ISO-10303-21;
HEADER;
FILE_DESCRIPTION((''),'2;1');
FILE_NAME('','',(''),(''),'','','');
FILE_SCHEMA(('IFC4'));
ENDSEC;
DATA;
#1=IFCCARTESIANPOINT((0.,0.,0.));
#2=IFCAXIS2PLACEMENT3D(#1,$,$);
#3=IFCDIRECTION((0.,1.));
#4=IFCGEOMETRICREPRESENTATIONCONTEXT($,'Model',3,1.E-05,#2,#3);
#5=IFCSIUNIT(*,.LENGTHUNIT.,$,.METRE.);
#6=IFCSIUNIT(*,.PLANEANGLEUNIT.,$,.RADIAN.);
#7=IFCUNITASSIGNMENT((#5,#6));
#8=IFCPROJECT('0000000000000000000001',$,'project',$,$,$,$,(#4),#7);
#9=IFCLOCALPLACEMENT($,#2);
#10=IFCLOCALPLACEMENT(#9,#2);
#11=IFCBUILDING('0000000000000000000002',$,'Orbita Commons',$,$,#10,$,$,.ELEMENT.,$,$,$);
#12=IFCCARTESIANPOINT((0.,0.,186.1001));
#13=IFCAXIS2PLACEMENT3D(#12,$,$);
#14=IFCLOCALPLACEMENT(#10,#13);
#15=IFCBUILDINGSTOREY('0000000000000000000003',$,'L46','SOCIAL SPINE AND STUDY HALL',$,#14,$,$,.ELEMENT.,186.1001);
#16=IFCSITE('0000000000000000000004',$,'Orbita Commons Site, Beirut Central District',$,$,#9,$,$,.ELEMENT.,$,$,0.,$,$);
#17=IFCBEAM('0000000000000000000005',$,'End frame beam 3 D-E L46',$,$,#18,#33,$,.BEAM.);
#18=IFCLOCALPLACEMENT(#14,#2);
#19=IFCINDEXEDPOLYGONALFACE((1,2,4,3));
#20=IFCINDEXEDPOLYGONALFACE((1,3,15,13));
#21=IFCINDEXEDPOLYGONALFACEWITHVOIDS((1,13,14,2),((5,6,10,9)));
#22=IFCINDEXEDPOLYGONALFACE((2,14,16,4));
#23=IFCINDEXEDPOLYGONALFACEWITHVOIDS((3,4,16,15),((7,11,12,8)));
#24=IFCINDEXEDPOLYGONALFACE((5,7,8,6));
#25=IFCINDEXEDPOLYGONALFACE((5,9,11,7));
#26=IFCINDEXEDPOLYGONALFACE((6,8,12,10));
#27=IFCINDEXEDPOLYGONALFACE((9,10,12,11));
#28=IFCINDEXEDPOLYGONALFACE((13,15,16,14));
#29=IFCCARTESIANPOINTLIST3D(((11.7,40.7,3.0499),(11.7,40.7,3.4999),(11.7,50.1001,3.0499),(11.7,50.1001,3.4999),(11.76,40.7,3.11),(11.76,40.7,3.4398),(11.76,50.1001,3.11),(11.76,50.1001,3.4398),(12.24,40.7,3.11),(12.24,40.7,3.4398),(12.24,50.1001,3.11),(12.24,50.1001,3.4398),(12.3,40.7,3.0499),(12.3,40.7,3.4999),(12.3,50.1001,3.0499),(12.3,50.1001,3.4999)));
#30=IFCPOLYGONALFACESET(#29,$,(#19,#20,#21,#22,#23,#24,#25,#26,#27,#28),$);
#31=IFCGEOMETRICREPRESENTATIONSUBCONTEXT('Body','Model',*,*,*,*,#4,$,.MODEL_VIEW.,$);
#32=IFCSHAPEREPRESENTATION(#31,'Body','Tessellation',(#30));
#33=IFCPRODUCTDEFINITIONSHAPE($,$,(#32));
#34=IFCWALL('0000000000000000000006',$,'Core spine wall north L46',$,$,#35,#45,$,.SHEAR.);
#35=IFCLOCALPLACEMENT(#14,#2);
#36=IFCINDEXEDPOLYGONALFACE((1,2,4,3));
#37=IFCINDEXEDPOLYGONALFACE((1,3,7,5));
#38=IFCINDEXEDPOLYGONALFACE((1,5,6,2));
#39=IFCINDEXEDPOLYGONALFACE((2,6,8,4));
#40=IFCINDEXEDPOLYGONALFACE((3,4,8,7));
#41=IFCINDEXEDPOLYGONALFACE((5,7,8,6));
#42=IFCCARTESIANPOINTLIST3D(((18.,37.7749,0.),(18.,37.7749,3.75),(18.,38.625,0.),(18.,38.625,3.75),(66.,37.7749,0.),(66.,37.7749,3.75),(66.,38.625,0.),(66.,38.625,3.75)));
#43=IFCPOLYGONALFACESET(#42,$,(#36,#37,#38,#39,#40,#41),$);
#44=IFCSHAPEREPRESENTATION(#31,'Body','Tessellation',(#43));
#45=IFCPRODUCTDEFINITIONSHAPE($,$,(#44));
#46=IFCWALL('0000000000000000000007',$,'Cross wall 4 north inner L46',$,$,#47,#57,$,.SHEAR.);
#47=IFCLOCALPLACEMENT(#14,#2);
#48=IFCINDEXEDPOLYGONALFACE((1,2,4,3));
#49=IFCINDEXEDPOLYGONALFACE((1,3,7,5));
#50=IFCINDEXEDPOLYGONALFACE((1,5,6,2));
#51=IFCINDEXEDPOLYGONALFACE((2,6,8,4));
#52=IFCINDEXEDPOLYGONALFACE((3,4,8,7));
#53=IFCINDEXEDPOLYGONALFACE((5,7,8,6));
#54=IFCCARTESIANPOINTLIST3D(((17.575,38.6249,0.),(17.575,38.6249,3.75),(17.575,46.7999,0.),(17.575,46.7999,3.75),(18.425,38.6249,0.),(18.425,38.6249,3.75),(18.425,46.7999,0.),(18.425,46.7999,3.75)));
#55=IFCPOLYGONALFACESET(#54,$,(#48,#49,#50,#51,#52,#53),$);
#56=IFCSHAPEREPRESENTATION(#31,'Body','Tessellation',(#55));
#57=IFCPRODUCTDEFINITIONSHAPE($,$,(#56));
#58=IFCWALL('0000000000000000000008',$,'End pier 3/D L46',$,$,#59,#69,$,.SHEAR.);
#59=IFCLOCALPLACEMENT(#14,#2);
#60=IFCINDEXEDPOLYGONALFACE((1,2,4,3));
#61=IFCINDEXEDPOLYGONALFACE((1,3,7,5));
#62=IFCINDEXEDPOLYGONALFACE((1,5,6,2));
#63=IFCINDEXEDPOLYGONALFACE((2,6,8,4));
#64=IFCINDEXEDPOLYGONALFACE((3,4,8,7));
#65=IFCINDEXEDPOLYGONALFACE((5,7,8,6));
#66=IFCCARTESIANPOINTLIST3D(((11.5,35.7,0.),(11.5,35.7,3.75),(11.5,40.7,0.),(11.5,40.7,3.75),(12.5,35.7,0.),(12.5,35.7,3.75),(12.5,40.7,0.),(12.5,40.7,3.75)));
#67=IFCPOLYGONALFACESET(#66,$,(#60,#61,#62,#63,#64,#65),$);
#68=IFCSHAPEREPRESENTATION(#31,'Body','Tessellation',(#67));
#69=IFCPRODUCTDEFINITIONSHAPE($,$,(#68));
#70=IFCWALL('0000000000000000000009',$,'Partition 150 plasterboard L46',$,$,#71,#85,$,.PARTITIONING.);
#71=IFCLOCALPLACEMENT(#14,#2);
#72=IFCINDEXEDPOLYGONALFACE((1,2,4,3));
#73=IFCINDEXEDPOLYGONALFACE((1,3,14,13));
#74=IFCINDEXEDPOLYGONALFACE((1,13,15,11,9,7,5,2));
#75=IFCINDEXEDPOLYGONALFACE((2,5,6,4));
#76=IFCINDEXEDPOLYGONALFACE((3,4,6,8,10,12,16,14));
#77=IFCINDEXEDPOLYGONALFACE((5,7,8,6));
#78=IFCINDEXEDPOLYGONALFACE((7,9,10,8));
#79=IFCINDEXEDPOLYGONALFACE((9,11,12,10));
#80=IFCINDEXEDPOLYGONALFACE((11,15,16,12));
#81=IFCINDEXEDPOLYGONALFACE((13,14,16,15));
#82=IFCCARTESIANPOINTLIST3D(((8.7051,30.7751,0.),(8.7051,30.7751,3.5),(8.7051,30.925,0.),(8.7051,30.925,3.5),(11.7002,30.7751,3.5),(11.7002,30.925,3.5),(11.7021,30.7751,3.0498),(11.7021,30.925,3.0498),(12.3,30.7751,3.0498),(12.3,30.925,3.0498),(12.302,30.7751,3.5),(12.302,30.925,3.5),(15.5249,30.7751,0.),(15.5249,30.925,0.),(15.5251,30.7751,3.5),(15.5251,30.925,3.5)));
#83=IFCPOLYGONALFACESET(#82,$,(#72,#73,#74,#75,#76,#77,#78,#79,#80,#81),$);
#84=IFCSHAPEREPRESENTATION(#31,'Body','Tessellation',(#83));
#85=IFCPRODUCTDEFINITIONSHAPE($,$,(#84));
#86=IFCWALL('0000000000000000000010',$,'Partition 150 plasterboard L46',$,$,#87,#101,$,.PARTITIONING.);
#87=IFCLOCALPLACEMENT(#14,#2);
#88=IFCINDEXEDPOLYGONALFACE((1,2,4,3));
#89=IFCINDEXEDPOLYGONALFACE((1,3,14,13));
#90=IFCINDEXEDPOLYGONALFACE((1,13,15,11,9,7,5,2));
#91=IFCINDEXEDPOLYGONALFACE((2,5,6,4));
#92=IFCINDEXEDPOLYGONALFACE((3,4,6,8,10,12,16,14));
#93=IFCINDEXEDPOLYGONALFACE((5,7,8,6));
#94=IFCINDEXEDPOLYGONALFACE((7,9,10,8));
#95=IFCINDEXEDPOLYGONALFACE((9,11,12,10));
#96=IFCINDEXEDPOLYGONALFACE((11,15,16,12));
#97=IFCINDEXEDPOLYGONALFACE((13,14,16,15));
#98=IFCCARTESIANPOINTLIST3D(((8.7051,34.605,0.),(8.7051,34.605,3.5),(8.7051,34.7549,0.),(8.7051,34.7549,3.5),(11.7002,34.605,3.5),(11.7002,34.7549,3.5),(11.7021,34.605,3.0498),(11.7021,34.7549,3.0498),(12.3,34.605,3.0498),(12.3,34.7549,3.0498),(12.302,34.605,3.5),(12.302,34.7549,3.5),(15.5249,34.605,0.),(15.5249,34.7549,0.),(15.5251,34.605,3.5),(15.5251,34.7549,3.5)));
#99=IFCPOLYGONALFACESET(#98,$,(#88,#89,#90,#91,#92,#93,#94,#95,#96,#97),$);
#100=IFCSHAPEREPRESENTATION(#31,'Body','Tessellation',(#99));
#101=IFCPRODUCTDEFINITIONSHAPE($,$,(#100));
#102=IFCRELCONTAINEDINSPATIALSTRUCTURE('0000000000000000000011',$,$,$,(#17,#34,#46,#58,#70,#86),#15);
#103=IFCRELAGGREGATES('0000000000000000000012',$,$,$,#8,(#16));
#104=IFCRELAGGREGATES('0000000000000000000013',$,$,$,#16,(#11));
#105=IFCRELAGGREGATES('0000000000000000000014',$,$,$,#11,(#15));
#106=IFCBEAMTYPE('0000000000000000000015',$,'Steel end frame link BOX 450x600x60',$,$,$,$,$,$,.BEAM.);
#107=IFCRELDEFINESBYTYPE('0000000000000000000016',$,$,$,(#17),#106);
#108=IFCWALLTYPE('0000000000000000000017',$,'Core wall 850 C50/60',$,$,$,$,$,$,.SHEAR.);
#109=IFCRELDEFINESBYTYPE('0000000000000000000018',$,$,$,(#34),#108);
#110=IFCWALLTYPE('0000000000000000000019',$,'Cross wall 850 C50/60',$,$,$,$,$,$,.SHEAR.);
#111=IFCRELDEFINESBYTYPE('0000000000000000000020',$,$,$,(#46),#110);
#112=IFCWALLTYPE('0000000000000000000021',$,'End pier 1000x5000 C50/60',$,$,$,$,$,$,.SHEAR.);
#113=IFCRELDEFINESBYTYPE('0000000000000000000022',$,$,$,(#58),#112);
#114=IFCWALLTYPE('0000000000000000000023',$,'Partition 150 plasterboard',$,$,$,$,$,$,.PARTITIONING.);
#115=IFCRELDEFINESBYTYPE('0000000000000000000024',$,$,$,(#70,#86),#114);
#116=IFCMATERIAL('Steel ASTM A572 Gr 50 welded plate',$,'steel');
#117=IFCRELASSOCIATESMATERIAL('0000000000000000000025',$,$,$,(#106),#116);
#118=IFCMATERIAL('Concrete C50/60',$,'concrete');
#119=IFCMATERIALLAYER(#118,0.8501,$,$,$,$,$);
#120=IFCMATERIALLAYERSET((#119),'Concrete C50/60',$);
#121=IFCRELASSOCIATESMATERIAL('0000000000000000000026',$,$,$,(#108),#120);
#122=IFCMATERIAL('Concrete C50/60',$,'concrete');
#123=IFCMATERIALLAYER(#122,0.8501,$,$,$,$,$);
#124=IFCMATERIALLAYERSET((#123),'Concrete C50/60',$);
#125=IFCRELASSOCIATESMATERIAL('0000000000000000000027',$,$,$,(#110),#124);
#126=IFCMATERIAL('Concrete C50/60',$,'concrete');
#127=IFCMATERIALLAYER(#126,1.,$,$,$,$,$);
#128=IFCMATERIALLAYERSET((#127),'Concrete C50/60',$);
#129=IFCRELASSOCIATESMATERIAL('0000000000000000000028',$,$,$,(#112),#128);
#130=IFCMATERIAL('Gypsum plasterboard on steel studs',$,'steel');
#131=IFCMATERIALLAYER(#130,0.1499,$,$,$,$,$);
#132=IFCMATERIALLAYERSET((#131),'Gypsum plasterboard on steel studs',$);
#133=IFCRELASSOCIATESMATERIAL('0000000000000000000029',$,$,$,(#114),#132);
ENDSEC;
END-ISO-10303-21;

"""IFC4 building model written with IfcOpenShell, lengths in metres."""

from ifc_helpers import new_model, si_unit, direction, frame, frame_2d, origin, origin_2d, place, context, subcontext, project, spatial, polyline, rectangle, hollow_rectangle, outline, extrude, material, layer, layer_set, material_profile, profile_set, type_object, element, save


model = new_model("IFC4")

# Units and contexts
model_context = context("Model", 3, precision=1e-05, world=origin(), true_north=direction((0.0, 1.0)))
body_context = subcontext(model_context, "Body", "Model", "MODEL_VIEW")
ifc_project = project(units=[si_unit("LENGTHUNIT", "METRE"), si_unit("PLANEANGLEUNIT", "RADIAN")], contexts=[model_context])

# Site, building, storey
site_placement = place(None, origin())
site = spatial("IfcSite", under=ifc_project, at=site_placement, Name="Orbita Commons Site, Beirut Central District", CompositionType="ELEMENT", RefElevation=0.0)
building_placement = place(site_placement, origin())
building = spatial("IfcBuilding", under=site, at=building_placement, Name="Orbita Commons", CompositionType="ELEMENT")
storey_placement = place(building_placement, frame((0.0, 0.0, 186.1001)))
storey = spatial("IfcBuildingStorey", under=building, at=storey_placement, Name="L46", Description="SOCIAL SPINE AND STUDY HALL", CompositionType="ELEMENT", Elevation=186.1001)

# Beam
ifc_material_1 = material(Name="Steel ASTM A572 Gr 50 welded plate", Category="steel")
ifc_material_profile = material_profile(ifc_material_1, hollow_rectangle(XDim=0.6001, YDim=0.45, WallThickness=0.0601, at=origin_2d()), Name="BOX 450x600x60")
ifc_profile_set = profile_set([ifc_material_profile], Name="Steel ASTM A572 Gr 50 welded plate")
beam_type = type_object("IfcBeamType", Name="Steel end frame link BOX 450x600x60", PredefinedType="BEAM", material=ifc_profile_set)
beam_placement = place(storey_placement, frame((12.0, 40.7, 3.2749), z_axis=(0.0, 1.0, 0.0), x_axis=(-1.0, 0.0, 0.0)))
element("IfcBeam", 1, at=beam_placement, inside=storey, type_object=beam_type, Name="End frame beam 3 D-E L46", PredefinedType="BEAM", context=body_context, shape_type="SweptSolid", body=[
    extrude(hollow_rectangle(XDim=0.6001, YDim=0.45, WallThickness=0.0601, at=origin_2d()), origin(), (0.0, 0.0, 1.0), 9.4001),
])

# Walls
ifc_material_2 = material(Name="Concrete C50/60", Category="concrete")
ifc_layer_1 = layer(ifc_material_2, 0.8501)
ifc_layer_set_1 = layer_set([ifc_layer_1], Name="Concrete C50/60")
wall_type_1 = type_object("IfcWallType", Name="Core wall 850 C50/60", PredefinedType="SHEAR", material=ifc_layer_set_1)
wall_1_placement = place(storey_placement, frame((18.0, 38.2, 0.0), z_axis=(0.0, 0.0, 1.0), x_axis=(1.0, 0.0, 0.0)))
element("IfcWall", 2, at=wall_1_placement, inside=storey, type_object=wall_type_1, Name="Core spine wall north L46", PredefinedType="SHEAR", context=body_context, shape_type="SweptSolid", body=[
    extrude(rectangle(XDim=48.0, YDim=0.8501, at=frame_2d((24.0, 0.0))), origin(), (0.0, 0.0, 1.0), 3.75),
])
ifc_material_3 = material(Name="Concrete C50/60", Category="concrete")
ifc_layer_2 = layer(ifc_material_3, 0.8501)
ifc_layer_set_2 = layer_set([ifc_layer_2], Name="Concrete C50/60")
wall_type_2 = type_object("IfcWallType", Name="Cross wall 850 C50/60", PredefinedType="SHEAR", material=ifc_layer_set_2)
wall_2_placement = place(storey_placement, frame((18.0, 38.625, 0.0), z_axis=(0.0, 0.0, 1.0), x_axis=(0.0, 1.0, 0.0)))
element("IfcWall", 3, at=wall_2_placement, inside=storey, type_object=wall_type_2, Name="Cross wall 4 north inner L46", PredefinedType="SHEAR", context=body_context, shape_type="SweptSolid", body=[
    extrude(rectangle(XDim=8.175, YDim=0.8501, at=frame_2d((4.0874, 0.0))), origin(), (0.0, 0.0, 1.0), 3.75),
])
ifc_material_4 = material(Name="Concrete C50/60", Category="concrete")
ifc_layer_3 = layer(ifc_material_4, 1.0)
ifc_layer_set_3 = layer_set([ifc_layer_3], Name="Concrete C50/60")
wall_type_3 = type_object("IfcWallType", Name="End pier 1000x5000 C50/60", PredefinedType="SHEAR", material=ifc_layer_set_3)
wall_3_placement = place(storey_placement, frame((12.0, 35.7, 0.0), z_axis=(0.0, 0.0, 1.0), x_axis=(0.0, 1.0, 0.0)))
element("IfcWall", 4, at=wall_3_placement, inside=storey, type_object=wall_type_3, Name="End pier 3/D L46", PredefinedType="SHEAR", context=body_context, shape_type="SweptSolid", body=[
    extrude(rectangle(XDim=5.0, YDim=1.0, at=frame_2d((2.5, 0.0))), origin(), (0.0, 0.0, 1.0), 3.75),
])
ifc_material_5 = material(Name="Gypsum plasterboard on steel studs", Category="steel")
ifc_layer_4 = layer(ifc_material_5, 0.1499)
ifc_layer_set_4 = layer_set([ifc_layer_4], Name="Gypsum plasterboard on steel studs")
wall_type_4 = type_object("IfcWallType", Name="Partition 150 plasterboard", PredefinedType="PARTITIONING", material=ifc_layer_set_4)
for number, where, z_axis, x_axis, name in (
    (5, (8.7051, 30.8501, 0.0), (0.0, 0.0, 1.0), (1.0, 0.0, 0.0), "Partition 150 plasterboard L46"),
    (6, (8.7051, 34.6799, 0.0), (0.0, 0.0, 1.0), (1.0, 0.0, 0.0), "Partition 150 plasterboard L46"),
):
    element("IfcWall", number, at=place(storey_placement, frame(where, z_axis=z_axis, x_axis=x_axis)), inside=storey, type_object=wall_type_4, Name=name, PredefinedType="PARTITIONING", context=body_context, shape_type="SweptSolid", body=[
        extrude(outline(polyline([(0.0, 0.0), (6.8198, 0.0), (6.8201, 3.5), (3.5969, 3.5), (3.595, 3.0498), (2.9971, 3.0498), (2.9951, 3.5), (0.0, 3.5), (0.0, 0.0)])), frame((0.0, 0.075, 0.0), z_axis=(0.0, -1.0, 0.0), x_axis=(1.0, 0.0, 0.0)), (0.0, 0.0, 1.0), 0.1499),
    ])

save(model, "model.ifc")
